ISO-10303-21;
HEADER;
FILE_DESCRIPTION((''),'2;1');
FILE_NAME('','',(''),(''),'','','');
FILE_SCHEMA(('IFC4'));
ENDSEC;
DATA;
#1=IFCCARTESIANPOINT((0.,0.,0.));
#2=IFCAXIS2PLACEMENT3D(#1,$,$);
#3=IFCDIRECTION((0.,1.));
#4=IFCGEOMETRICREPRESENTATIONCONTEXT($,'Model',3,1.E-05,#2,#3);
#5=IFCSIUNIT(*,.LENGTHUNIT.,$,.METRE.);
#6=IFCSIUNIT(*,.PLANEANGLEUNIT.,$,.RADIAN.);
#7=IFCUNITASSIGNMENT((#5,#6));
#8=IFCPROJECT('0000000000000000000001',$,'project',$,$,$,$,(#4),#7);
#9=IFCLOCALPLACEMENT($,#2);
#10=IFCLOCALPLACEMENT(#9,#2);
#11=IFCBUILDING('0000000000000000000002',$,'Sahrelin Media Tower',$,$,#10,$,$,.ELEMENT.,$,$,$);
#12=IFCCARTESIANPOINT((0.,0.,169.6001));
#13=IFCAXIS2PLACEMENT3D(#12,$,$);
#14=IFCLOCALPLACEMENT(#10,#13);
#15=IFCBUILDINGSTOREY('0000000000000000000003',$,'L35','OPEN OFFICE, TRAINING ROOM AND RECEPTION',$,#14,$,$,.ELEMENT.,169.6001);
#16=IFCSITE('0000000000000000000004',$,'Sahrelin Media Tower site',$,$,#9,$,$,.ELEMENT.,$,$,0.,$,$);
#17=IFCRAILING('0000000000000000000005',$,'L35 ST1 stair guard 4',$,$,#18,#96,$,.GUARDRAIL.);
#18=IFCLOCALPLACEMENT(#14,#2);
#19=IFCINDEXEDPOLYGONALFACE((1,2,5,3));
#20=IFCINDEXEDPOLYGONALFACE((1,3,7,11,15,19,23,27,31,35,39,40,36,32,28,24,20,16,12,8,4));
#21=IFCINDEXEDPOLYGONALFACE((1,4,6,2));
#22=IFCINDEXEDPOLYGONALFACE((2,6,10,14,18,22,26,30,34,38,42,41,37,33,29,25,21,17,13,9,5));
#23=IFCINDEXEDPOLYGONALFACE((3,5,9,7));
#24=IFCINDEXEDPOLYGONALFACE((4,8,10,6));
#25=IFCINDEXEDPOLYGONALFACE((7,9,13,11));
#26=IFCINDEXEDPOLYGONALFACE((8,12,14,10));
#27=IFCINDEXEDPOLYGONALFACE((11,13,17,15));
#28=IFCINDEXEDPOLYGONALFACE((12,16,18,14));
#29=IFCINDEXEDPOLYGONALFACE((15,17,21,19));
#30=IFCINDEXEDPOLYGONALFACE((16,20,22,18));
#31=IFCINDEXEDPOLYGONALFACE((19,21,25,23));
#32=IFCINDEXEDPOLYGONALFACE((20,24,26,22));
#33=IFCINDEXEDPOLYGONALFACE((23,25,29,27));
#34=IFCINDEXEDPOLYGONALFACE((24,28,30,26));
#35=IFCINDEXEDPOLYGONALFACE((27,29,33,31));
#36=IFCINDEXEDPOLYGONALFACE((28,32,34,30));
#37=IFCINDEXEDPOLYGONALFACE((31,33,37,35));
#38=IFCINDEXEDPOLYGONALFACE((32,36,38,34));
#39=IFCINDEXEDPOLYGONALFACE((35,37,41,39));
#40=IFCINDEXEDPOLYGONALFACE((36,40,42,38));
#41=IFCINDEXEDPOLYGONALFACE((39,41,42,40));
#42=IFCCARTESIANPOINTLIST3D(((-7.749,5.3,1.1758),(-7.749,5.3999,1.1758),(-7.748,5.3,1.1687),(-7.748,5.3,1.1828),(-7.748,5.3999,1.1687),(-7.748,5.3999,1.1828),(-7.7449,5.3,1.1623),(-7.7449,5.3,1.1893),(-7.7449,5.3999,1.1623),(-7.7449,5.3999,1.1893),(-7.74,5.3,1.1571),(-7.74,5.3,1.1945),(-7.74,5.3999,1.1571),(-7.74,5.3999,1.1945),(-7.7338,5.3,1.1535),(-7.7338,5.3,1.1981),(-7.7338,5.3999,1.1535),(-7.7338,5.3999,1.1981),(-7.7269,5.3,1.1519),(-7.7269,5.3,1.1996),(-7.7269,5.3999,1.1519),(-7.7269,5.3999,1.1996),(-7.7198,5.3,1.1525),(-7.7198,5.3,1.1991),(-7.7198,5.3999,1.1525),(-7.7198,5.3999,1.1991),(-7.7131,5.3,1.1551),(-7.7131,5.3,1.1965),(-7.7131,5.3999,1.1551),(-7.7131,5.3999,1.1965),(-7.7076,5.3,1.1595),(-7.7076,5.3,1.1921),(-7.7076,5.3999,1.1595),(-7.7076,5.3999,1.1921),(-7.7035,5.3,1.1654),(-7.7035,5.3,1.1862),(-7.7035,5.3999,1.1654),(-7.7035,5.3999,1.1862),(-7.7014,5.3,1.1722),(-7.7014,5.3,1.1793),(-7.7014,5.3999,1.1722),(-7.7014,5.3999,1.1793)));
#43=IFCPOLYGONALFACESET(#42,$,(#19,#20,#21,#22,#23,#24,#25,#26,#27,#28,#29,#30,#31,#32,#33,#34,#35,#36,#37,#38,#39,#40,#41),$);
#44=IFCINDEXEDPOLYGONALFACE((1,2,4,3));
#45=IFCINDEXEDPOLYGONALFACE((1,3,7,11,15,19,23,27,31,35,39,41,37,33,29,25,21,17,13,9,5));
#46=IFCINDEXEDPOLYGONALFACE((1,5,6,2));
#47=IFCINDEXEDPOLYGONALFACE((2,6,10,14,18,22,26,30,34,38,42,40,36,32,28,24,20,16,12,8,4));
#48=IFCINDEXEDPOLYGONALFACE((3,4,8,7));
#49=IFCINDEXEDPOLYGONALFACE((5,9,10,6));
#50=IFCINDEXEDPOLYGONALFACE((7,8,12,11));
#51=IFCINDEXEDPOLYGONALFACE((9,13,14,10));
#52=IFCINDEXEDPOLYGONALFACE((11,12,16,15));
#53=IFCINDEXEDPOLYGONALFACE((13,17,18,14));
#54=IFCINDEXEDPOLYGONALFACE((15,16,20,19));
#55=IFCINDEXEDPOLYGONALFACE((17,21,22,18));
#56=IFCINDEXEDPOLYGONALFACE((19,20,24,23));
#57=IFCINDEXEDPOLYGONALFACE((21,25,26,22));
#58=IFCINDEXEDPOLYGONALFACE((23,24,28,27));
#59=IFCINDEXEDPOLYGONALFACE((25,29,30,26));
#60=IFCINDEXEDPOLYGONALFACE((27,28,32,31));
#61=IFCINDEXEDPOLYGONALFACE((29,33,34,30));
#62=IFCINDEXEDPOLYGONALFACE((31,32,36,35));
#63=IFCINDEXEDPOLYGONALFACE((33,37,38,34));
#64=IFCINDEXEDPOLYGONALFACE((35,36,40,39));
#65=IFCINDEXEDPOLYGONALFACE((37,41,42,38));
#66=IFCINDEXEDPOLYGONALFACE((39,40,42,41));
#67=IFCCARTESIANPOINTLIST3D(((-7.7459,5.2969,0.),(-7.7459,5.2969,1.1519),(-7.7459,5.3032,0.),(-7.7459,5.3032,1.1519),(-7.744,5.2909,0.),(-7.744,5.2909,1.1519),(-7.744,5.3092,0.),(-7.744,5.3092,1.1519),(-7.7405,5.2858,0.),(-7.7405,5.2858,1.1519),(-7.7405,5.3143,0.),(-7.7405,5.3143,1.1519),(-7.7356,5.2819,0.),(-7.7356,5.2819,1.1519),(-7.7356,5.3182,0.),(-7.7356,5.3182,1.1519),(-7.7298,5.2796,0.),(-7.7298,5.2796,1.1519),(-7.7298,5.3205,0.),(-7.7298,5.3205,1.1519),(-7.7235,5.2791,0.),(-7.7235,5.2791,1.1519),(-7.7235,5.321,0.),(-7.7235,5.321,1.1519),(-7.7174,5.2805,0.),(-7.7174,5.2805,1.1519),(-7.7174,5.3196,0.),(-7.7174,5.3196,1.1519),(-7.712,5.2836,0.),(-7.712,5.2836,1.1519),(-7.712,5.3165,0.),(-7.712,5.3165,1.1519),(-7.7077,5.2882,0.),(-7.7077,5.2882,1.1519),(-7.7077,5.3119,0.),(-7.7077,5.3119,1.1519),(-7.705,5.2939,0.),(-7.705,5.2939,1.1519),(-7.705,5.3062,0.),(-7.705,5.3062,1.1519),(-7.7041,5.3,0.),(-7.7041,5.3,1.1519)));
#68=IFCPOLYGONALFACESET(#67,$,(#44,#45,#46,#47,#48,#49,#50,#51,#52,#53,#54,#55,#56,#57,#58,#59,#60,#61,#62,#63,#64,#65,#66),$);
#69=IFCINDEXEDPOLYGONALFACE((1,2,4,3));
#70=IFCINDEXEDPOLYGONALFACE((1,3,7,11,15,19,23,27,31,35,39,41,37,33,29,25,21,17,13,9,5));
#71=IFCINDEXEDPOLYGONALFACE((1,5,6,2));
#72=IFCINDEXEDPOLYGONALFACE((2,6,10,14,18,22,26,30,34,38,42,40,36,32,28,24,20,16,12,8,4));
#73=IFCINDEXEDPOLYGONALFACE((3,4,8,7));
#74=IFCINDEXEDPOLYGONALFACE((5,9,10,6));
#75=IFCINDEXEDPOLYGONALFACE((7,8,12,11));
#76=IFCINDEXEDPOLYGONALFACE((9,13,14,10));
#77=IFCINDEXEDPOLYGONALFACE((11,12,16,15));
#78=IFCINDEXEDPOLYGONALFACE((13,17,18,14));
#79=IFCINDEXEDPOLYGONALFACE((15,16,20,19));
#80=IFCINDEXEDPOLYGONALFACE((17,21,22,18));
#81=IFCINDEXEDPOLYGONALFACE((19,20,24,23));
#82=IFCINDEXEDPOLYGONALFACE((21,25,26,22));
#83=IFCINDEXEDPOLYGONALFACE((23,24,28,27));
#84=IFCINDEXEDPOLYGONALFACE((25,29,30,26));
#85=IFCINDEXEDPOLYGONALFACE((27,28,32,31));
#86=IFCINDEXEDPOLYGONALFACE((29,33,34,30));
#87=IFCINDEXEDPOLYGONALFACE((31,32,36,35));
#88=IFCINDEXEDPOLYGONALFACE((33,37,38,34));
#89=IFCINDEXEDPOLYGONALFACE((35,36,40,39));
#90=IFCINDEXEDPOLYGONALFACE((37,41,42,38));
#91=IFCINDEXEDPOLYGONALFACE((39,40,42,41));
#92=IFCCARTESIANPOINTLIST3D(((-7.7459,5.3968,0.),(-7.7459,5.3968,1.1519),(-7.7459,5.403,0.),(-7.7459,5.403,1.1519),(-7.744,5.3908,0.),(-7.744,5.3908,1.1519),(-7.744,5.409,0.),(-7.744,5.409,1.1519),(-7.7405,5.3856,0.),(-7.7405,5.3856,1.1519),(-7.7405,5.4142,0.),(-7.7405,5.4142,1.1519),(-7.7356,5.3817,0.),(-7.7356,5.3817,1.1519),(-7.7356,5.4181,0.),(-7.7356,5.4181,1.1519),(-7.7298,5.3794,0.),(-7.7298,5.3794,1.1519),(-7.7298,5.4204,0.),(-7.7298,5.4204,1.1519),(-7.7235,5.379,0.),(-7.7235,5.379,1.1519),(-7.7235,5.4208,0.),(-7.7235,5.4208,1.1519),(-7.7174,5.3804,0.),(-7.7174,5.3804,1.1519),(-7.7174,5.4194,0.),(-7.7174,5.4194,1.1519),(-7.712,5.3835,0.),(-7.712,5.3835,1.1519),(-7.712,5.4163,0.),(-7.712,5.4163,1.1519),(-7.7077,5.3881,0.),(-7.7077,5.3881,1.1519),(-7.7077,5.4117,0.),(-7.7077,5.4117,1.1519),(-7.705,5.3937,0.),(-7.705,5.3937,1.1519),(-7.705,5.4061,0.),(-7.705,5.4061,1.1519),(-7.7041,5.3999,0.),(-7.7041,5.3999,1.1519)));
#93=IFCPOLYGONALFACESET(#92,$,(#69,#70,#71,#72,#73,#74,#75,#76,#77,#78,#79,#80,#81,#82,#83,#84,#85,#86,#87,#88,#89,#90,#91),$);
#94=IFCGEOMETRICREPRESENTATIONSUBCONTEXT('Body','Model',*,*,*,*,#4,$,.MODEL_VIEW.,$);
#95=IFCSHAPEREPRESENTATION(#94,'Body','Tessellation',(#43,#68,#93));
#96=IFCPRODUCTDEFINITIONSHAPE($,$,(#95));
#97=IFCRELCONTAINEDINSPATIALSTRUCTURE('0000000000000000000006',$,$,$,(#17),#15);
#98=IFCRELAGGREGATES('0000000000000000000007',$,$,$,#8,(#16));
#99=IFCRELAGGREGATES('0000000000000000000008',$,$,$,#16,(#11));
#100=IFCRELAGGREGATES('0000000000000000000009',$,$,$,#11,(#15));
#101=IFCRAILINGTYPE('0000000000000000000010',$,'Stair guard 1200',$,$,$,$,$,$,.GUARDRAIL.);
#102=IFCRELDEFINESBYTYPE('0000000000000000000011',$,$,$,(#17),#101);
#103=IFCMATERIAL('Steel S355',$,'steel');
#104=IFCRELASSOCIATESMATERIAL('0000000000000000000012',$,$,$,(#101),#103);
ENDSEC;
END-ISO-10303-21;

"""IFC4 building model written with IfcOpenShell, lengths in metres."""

from ifc_helpers import new_model, si_unit, direction, frame, origin, origin_2d, place, context, subcontext, project, spatial, circle, extrude, material, type_object, element, save


model = new_model("IFC4")

# Units and contexts
model_context = context("Model", 3, precision=1e-05, world=origin(), true_north=direction((0.0, 1.0)))
body_context = subcontext(model_context, "Body", "Model", "MODEL_VIEW")
ifc_project = project(units=[si_unit("LENGTHUNIT", "METRE"), si_unit("PLANEANGLEUNIT", "RADIAN")], contexts=[model_context])

# Site, building, storey
site_placement = place(None, origin())
site = spatial("IfcSite", under=ifc_project, at=site_placement, Name="Sahrelin Media Tower site", CompositionType="ELEMENT", RefElevation=0.0)
building_placement = place(site_placement, origin())
building = spatial("IfcBuilding", under=site, at=building_placement, Name="Sahrelin Media Tower", CompositionType="ELEMENT")
storey_placement = place(building_placement, frame((0.0, 0.0, 169.6001)))
storey = spatial("IfcBuildingStorey", under=building, at=storey_placement, Name="L35", Description="OPEN OFFICE, TRAINING ROOM AND RECEPTION", CompositionType="ELEMENT", Elevation=169.6001)

# Railing
ifc_material_1 = material(Name="Steel S355", Category="steel")
railing_type_1 = type_object("IfcRailingType", Name="Stair guard 1200", PredefinedType="GUARDRAIL", material=ifc_material_1)
railing_1_placement = place(storey_placement, frame((-7.7251, 5.3, 0.0)))
element("IfcRailing", 1, at=railing_1_placement, inside=storey, type_object=railing_type_1, Name="L35 ST1 stair guard 4", PredefinedType="GUARDRAIL", context=body_context, shape_type="SweptSolid", body=[
    extrude(circle(Radius=0.0239, at=origin_2d()), frame((0.0, 0.0, 1.1758), z_axis=(0.0, 1.0, 0.0), x_axis=(-1.0, 0.0, 0.0)), (0.0, 0.0, 1.0), 0.0999),
    extrude(circle(Radius=0.021, at=origin_2d()), origin(), (0.0, 0.0, 1.0), 1.1519),
    extrude(circle(Radius=0.021, at=origin_2d()), frame((0.0, 0.0999, 0.0)), (0.0, 0.0, 1.0), 1.1519),
])

save(model, "model.ifc")
